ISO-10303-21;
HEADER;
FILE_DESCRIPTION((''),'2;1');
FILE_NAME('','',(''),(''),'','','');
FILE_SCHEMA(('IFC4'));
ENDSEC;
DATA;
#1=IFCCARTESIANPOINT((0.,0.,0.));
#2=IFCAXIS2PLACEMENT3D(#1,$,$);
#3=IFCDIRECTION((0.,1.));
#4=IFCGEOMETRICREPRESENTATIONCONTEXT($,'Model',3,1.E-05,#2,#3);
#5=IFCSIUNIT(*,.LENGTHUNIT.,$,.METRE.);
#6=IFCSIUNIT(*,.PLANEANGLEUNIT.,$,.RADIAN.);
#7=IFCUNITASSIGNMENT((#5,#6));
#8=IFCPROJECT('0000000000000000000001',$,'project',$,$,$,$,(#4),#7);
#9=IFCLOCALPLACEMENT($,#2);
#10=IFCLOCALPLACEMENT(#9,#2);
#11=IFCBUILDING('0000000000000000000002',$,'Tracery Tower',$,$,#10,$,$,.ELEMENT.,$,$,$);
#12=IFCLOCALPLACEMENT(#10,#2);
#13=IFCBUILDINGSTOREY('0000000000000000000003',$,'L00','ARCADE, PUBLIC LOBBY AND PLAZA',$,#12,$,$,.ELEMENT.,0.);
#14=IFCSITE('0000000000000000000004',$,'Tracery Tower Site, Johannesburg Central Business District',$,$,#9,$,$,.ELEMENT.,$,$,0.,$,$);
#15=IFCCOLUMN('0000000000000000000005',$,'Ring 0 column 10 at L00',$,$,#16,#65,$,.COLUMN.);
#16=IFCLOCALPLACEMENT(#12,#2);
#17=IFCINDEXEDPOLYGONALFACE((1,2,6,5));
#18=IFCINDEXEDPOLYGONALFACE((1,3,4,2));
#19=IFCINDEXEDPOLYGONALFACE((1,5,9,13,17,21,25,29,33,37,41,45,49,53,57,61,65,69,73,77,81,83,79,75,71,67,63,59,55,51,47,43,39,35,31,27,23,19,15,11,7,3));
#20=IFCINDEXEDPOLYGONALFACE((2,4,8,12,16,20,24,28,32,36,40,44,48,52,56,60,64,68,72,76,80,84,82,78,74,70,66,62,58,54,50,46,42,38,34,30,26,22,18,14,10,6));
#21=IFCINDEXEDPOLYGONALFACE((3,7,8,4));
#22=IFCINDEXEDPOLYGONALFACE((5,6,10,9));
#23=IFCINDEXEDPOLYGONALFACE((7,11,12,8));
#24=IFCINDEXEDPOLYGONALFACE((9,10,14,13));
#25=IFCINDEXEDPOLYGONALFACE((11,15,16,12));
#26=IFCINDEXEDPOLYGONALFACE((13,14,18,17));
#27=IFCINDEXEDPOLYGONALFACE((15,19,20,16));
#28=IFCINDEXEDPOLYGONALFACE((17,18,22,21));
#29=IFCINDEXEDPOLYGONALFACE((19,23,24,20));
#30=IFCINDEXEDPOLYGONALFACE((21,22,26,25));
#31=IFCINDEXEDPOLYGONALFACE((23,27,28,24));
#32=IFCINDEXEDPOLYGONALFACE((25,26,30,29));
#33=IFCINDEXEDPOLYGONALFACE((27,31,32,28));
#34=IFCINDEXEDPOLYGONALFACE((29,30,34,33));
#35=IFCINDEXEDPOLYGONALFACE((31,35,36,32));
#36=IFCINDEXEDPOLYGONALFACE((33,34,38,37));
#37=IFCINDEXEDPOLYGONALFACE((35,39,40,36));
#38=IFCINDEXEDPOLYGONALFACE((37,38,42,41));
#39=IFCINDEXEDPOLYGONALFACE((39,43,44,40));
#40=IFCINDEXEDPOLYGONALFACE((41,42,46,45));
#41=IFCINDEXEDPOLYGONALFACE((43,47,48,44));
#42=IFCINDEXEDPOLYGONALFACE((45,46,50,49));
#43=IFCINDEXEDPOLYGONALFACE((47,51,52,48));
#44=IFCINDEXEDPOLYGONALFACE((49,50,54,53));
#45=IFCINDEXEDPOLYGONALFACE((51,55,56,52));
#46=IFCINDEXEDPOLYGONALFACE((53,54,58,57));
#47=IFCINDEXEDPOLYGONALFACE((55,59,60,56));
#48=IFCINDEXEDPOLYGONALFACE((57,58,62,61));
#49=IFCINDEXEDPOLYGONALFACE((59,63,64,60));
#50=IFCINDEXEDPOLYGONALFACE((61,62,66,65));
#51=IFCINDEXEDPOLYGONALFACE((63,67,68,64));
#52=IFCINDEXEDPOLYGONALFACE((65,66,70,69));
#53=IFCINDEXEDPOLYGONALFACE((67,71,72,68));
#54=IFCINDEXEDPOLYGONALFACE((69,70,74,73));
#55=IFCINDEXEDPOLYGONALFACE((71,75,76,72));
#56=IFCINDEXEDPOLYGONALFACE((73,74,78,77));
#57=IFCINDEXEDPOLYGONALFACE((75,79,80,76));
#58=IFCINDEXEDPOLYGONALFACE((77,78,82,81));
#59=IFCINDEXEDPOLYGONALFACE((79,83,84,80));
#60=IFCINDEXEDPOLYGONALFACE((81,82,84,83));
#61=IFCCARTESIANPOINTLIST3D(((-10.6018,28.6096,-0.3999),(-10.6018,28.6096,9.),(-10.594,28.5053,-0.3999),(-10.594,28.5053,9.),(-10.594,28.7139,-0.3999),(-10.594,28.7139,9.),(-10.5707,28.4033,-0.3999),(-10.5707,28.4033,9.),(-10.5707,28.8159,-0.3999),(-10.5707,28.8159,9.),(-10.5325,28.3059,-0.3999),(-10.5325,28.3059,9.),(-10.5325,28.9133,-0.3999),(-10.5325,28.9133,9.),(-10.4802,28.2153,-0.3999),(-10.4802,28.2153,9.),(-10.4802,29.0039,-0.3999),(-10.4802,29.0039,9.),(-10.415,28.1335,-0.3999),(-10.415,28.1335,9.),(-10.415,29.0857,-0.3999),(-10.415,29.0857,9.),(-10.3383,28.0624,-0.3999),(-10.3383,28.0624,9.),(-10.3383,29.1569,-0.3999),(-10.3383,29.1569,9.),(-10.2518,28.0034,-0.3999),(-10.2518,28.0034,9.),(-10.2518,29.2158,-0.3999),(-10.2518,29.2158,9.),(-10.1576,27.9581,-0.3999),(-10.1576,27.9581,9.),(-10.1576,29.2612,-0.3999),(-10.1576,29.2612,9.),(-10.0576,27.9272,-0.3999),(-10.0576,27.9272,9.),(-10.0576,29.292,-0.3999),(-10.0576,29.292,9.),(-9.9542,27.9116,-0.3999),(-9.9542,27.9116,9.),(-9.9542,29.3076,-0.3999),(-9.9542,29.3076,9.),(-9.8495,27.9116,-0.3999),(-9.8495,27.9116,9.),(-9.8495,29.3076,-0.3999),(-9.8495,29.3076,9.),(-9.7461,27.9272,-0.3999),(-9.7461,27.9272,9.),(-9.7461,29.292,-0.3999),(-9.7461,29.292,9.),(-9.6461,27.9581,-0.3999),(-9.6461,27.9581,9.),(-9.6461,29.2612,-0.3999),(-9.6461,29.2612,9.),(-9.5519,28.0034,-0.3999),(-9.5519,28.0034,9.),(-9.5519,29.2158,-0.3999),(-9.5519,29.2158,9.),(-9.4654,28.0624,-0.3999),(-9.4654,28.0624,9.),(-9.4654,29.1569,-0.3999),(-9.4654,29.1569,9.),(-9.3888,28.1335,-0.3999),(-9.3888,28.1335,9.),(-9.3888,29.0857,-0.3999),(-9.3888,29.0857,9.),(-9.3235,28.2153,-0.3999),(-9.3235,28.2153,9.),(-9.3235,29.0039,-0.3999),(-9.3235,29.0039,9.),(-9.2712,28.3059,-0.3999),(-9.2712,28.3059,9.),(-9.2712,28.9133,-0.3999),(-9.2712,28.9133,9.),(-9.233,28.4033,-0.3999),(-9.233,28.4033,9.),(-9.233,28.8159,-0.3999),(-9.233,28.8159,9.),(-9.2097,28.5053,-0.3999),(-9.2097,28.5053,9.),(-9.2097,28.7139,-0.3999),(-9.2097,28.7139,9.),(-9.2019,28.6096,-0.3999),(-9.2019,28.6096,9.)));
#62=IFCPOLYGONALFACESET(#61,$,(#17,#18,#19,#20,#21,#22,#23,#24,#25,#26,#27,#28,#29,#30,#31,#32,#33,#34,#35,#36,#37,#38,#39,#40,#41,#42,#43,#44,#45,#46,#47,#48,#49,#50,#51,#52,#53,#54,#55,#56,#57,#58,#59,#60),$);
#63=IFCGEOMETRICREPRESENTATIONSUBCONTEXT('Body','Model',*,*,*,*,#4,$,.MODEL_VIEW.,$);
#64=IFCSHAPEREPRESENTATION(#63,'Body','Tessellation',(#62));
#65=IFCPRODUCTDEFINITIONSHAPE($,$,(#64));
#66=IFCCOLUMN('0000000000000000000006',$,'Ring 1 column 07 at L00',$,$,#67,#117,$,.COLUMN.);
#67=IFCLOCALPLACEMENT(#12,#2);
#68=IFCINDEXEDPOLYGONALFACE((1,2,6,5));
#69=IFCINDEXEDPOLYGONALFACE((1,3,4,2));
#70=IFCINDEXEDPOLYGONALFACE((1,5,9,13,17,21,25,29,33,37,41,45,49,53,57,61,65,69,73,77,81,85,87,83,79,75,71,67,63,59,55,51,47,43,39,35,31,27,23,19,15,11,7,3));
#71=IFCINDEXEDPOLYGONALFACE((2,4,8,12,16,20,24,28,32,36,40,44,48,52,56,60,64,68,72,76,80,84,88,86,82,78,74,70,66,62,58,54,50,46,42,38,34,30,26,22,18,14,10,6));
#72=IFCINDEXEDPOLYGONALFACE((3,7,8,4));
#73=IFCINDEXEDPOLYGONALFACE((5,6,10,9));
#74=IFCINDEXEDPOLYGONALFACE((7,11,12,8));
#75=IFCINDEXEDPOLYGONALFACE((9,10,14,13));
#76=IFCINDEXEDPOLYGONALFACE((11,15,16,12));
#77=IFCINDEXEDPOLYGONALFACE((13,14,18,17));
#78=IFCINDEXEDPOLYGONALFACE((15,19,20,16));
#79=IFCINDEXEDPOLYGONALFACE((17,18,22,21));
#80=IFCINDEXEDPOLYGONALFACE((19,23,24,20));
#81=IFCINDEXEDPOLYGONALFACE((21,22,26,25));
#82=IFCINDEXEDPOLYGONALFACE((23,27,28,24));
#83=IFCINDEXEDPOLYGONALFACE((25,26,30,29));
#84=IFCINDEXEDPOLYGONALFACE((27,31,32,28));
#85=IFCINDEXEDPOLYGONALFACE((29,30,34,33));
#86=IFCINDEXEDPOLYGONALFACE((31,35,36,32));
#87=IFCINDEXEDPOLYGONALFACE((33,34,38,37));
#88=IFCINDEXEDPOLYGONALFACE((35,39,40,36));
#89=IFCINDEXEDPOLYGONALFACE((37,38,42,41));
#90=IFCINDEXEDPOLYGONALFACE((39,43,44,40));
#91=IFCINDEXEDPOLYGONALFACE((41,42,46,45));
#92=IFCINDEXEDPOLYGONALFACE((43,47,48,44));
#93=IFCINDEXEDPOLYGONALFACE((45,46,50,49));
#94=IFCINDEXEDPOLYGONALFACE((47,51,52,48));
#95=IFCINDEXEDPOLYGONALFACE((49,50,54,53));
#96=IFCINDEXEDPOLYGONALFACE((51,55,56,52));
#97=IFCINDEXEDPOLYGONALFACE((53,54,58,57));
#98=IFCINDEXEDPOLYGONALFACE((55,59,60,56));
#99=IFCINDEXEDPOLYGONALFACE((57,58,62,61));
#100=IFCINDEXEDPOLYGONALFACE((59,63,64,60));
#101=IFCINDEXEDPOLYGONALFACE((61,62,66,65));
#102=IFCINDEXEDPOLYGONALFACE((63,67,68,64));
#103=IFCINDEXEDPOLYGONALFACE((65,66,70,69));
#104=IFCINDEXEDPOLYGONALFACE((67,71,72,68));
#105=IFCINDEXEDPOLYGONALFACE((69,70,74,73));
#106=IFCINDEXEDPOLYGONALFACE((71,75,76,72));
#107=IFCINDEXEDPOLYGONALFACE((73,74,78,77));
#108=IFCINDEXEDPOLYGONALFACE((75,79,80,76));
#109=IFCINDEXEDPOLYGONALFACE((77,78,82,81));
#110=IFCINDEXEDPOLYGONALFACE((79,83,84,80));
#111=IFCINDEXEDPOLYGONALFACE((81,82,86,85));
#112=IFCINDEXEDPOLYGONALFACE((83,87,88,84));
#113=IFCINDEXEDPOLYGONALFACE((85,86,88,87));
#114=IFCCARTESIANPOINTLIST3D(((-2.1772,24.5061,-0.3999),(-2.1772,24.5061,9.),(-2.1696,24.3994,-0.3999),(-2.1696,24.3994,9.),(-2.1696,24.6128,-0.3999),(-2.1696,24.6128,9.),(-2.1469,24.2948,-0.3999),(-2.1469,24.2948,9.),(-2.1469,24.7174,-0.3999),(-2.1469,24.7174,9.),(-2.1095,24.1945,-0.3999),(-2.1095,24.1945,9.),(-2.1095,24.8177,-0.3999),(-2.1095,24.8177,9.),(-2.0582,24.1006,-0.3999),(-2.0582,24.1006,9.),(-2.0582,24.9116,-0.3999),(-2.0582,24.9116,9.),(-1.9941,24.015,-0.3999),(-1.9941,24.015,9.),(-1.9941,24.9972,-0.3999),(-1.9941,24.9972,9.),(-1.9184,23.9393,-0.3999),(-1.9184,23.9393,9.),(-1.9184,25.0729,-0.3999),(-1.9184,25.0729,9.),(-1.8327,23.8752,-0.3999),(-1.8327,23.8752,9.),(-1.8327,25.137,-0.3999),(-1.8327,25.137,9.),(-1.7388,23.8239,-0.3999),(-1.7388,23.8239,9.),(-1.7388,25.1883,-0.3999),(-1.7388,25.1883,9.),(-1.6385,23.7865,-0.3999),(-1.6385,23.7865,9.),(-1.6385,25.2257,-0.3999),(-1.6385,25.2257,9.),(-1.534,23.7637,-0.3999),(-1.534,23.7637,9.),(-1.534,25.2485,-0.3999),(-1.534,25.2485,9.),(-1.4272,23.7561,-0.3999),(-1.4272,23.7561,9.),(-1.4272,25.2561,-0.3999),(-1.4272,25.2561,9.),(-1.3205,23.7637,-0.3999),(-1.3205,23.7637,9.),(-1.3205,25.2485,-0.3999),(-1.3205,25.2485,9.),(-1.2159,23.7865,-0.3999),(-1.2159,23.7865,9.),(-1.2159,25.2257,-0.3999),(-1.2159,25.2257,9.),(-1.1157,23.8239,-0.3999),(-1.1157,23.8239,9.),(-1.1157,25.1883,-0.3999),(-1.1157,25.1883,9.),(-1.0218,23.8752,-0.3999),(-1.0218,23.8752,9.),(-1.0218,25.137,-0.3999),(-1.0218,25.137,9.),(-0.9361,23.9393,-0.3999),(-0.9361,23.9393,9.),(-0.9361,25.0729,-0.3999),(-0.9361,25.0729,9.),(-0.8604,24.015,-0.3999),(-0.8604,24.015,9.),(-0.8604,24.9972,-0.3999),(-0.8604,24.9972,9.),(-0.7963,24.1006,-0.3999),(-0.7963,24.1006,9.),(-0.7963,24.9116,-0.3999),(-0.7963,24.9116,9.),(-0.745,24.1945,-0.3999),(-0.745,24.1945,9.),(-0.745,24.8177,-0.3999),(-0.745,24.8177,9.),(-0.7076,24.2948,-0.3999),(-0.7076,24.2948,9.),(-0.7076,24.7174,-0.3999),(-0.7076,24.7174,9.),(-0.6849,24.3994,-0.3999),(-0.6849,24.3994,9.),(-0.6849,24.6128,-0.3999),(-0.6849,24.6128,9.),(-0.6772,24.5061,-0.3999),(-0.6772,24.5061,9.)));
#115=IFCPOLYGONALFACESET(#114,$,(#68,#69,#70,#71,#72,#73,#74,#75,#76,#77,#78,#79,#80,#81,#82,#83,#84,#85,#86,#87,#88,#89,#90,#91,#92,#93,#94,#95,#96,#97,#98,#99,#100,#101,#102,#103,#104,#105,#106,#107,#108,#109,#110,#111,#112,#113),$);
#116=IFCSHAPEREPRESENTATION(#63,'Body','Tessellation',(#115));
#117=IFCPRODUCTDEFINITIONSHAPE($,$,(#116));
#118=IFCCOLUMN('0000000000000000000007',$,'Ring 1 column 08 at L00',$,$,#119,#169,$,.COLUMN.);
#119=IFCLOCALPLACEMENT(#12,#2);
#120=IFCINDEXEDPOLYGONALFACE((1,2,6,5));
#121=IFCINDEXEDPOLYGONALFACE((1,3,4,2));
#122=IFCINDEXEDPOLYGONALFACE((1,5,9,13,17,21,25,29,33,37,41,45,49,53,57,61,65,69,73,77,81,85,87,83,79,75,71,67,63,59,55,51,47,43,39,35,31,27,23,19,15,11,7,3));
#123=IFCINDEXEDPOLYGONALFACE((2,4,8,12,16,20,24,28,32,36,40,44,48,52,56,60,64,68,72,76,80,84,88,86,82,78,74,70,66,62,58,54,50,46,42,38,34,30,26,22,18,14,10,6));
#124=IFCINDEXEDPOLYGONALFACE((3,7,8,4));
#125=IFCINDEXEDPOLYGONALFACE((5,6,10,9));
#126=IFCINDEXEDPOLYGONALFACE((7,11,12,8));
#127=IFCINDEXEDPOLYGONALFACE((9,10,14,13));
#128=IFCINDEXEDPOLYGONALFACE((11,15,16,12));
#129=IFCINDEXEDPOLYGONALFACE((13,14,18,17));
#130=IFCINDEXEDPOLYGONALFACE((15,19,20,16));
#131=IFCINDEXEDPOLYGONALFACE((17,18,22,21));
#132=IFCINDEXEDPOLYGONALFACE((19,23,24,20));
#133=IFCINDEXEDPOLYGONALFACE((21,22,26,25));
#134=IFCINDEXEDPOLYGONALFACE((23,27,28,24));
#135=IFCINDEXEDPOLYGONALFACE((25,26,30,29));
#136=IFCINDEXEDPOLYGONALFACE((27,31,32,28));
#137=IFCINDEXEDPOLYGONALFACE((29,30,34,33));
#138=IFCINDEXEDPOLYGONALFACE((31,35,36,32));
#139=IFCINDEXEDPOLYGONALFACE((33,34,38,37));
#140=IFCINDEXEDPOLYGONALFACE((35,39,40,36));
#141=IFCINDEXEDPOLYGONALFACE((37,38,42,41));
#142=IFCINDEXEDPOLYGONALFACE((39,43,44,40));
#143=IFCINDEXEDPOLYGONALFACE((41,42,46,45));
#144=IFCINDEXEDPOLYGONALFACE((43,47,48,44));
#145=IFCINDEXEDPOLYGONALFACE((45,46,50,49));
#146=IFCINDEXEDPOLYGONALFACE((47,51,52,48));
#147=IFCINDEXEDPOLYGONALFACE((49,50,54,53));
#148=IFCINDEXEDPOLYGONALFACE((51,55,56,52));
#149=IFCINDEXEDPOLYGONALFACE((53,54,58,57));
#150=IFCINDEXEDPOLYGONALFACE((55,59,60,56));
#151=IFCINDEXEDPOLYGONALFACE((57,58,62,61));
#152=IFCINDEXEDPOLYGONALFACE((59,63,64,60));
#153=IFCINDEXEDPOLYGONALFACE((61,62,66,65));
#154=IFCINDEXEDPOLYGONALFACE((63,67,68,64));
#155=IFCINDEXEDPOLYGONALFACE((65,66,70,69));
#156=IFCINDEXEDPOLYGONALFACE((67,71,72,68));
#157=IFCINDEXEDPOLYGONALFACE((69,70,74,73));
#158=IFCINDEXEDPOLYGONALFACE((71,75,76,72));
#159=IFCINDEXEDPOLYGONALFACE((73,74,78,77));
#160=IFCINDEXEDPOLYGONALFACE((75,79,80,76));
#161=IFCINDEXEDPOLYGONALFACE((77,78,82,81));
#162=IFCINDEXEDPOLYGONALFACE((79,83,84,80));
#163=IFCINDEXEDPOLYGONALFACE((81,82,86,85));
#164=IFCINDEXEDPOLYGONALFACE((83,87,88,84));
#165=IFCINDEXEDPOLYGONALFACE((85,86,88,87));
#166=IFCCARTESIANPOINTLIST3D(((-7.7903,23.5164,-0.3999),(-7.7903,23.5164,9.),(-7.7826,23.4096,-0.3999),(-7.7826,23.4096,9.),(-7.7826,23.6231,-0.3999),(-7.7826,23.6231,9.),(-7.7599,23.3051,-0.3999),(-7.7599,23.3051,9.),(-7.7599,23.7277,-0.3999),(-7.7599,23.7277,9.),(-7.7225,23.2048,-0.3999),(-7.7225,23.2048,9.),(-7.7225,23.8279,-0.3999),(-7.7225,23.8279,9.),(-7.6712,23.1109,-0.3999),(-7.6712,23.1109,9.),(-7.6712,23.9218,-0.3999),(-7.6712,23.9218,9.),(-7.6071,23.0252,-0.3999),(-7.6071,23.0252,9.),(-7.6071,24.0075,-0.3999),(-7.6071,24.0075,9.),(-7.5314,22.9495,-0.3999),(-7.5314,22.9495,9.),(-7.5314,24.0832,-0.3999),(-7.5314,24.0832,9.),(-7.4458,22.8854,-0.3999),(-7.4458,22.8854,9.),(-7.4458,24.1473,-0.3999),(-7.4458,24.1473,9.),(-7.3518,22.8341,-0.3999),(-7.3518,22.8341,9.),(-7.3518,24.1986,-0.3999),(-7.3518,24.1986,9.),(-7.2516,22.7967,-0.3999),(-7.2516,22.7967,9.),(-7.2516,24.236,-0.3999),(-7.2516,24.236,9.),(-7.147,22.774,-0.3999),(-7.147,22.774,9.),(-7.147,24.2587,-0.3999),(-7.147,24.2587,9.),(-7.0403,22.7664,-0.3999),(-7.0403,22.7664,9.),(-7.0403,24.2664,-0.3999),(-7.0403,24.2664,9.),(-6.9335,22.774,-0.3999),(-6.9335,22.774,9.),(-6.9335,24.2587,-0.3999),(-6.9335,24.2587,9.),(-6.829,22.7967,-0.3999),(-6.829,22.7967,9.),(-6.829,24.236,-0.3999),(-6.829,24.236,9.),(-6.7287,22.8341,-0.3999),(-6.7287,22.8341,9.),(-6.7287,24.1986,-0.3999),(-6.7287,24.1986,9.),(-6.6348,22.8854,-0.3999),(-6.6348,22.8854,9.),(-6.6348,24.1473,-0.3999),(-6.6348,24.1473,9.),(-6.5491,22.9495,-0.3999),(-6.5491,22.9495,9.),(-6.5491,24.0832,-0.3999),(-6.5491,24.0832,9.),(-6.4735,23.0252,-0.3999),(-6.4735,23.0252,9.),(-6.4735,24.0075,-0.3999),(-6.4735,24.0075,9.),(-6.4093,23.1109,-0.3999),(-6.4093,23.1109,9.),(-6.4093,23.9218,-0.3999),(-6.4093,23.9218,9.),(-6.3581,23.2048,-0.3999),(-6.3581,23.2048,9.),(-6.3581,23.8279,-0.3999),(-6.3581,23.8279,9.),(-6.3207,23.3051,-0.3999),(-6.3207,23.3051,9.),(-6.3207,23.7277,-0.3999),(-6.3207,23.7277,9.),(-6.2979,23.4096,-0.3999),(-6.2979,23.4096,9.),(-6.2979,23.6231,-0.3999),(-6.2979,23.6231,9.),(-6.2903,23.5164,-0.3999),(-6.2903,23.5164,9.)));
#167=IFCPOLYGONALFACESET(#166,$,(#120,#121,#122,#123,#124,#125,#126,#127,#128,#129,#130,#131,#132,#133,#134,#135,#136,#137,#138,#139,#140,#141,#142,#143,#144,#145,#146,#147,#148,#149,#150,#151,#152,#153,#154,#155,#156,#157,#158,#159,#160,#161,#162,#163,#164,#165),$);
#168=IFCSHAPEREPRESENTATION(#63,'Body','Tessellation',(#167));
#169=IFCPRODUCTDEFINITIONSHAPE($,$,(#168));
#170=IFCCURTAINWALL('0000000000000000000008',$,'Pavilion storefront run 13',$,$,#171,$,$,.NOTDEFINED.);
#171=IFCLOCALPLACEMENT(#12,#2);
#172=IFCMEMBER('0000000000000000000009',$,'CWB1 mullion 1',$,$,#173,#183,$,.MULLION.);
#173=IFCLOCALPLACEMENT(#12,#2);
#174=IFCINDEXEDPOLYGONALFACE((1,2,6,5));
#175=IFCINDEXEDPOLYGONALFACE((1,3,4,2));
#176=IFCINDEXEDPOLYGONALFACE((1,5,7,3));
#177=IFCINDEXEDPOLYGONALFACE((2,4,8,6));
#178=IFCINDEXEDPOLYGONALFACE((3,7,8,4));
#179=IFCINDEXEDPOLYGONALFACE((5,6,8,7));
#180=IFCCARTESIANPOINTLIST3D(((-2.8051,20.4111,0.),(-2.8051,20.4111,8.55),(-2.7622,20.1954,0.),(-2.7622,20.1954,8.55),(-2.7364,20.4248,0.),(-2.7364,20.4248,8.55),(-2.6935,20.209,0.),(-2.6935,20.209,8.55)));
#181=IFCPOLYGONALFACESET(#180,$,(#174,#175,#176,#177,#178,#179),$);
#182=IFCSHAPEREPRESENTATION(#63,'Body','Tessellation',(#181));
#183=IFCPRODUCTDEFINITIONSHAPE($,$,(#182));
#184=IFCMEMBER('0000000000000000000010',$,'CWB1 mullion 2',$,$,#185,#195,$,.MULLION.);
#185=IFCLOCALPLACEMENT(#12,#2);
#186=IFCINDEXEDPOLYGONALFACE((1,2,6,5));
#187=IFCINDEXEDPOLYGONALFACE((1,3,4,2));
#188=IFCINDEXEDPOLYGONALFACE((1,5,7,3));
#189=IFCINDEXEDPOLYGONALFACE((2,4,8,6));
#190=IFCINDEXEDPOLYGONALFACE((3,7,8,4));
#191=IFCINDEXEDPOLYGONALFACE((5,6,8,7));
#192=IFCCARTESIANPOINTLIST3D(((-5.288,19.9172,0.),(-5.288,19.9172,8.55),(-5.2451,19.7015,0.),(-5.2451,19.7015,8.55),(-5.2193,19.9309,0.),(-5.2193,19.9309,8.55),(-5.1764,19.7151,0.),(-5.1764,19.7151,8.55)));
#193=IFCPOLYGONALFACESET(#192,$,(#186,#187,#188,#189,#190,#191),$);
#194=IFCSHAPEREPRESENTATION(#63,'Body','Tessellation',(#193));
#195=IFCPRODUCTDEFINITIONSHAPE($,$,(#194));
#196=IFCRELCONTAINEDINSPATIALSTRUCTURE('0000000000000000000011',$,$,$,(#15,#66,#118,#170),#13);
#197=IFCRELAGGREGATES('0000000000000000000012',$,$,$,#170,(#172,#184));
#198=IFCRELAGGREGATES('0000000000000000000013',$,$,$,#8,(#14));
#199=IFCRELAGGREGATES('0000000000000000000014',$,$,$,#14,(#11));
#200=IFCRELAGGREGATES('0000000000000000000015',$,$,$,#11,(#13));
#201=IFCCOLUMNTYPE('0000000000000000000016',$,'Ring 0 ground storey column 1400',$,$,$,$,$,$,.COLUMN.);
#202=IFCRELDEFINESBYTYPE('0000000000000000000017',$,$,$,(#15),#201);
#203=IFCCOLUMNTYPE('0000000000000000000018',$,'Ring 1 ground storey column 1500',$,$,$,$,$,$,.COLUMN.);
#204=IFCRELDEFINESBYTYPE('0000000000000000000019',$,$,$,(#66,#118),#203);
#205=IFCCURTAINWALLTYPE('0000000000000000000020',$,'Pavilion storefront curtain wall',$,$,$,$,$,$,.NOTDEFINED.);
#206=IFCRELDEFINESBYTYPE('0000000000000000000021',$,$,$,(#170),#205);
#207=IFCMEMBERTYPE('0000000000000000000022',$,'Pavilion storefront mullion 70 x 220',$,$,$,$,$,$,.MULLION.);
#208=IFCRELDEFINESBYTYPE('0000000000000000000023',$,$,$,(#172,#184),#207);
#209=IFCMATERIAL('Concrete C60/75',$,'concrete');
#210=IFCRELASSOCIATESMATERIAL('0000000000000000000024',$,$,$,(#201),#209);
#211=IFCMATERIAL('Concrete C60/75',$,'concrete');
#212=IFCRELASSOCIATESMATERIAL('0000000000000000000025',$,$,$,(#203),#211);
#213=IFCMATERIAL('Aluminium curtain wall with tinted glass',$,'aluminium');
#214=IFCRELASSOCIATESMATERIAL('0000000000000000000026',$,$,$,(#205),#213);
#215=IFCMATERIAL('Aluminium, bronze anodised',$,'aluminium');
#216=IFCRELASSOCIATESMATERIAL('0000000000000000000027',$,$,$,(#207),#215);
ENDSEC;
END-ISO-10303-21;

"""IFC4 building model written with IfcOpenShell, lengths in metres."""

from ifc_helpers import new_model, si_unit, direction, frame, origin, origin_2d, place, context, subcontext, project, spatial, rectangle, circle, extrude, material, material_profile, profile_set, type_object, element, aggregate, save


model = new_model("IFC4")

# Units and contexts
model_context = context("Model", 3, precision=1e-05, world=origin(), true_north=direction((0.0, 1.0)))
body_context = subcontext(model_context, "Body", "Model", "MODEL_VIEW")
ifc_project = project(units=[si_unit("LENGTHUNIT", "METRE"), si_unit("PLANEANGLEUNIT", "RADIAN")], contexts=[model_context])

# Site, building, storey
site_placement = place(None, origin())
site = spatial("IfcSite", under=ifc_project, at=site_placement, Name="Tracery Tower Site, Johannesburg Central Business District", CompositionType="ELEMENT", RefElevation=0.0)
building_placement = place(site_placement, origin())
building = spatial("IfcBuilding", under=site, at=building_placement, Name="Tracery Tower", CompositionType="ELEMENT")
storey_placement = place(building_placement, origin())
storey = spatial("IfcBuildingStorey", under=building, at=storey_placement, Name="L00", Description="ARCADE, PUBLIC LOBBY AND PLAZA", CompositionType="ELEMENT", Elevation=0.0)

# Columns
ifc_material_1 = material(Name="Concrete C60/75", Category="concrete")
ifc_material_profile_1 = material_profile(ifc_material_1, circle(Radius=0.7, at=origin_2d()), Name="RC D1400")
ifc_profile_set_1 = profile_set([ifc_material_profile_1], Name="Concrete C60/75")
column_type_1 = type_object("IfcColumnType", Name="Ring 0 ground storey column 1400", PredefinedType="COLUMN", material=ifc_profile_set_1)
for number, where, z_axis, x_axis, name in (
    (1, (-9.9019, 28.6096, -0.3999), (0.0, 0.0, 1.0), (1.0, 0.0, 0.0), "Ring 0 column 10 at L00"),
):
    element("IfcColumn", number, at=place(storey_placement, frame(where, z_axis=z_axis, x_axis=x_axis)), inside=storey, type_object=column_type_1, Name=name, PredefinedType="COLUMN", context=body_context, shape_type="SweptSolid", body=[
        extrude(circle(Radius=0.7, at=origin_2d()), origin(), (0.0, 0.0, 1.0), 9.3999),
    ])
ifc_material_2 = material(Name="Concrete C60/75", Category="concrete")
ifc_material_profile_2 = material_profile(ifc_material_2, circle(Radius=0.75, at=origin_2d()), Name="RC D1500")
ifc_profile_set_2 = profile_set([ifc_material_profile_2], Name="Concrete C60/75")
column_type_2 = type_object("IfcColumnType", Name="Ring 1 ground storey column 1500", PredefinedType="COLUMN", material=ifc_profile_set_2)
for number, where, z_axis, x_axis, name in (
    (2, (-1.4272, 24.5061, -0.3999), (0.0, 0.0, 1.0), (1.0, 0.0, 0.0), "Ring 1 column 07 at L00"),
    (3, (-7.0403, 23.5164, -0.3999), (0.0, 0.0, 1.0), (1.0, 0.0, 0.0), "Ring 1 column 08 at L00"),
):
    element("IfcColumn", number, at=place(storey_placement, frame(where, z_axis=z_axis, x_axis=x_axis)), inside=storey, type_object=column_type_2, Name=name, PredefinedType="COLUMN", context=body_context, shape_type="SweptSolid", body=[
        extrude(circle(Radius=0.75, at=origin_2d()), origin(), (0.0, 0.0, 1.0), 9.3999),
    ])

# Curtain wall, members
ifc_material_3 = material(Name="Aluminium curtain wall with tinted glass", Category="aluminium")
curtain_wall_type = type_object("IfcCurtainWallType", Name="Pavilion storefront curtain wall", PredefinedType="NOTDEFINED", material=ifc_material_3)
curtain_wall_1_placement = place(storey_placement, origin())
curtain_wall_1 = element("IfcCurtainWall", 4, at=curtain_wall_1_placement, inside=storey, type_object=curtain_wall_type, Name="Pavilion storefront run 13", PredefinedType="NOTDEFINED")
ifc_material_4 = material(Name="Aluminium, bronze anodised", Category="aluminium")
ifc_material_profile_3 = material_profile(ifc_material_4, rectangle(XDim=0.22, YDim=0.0701, at=origin_2d()), Name="Pavilion storefront mullion 70 x 220")
ifc_profile_set_3 = profile_set([ifc_material_profile_3], Name="Aluminium, bronze anodised")
member_type_1 = type_object("IfcMemberType", Name="Pavilion storefront mullion 70 x 220", PredefinedType="MULLION", material=ifc_profile_set_3)
member_1_placement = place(storey_placement, frame((-2.7493, 20.3101, 0.0), z_axis=(0.0, 0.0, 1.0), x_axis=(0.195074, -0.980789, 0.0)))
member_1 = element("IfcMember", 5, at=member_1_placement, type_object=member_type_1, Name="CWB1 mullion 1", PredefinedType="MULLION", context=body_context, shape_type="SweptSolid", body=[
    extrude(rectangle(XDim=0.22, YDim=0.0701, at=origin_2d()), origin(), (0.0, 0.0, 1.0), 8.55),
])
member_2_placement = place(storey_placement, frame((-5.2322, 19.8162, 0.0), z_axis=(0.0, 0.0, 1.0), x_axis=(0.195074, -0.980789, 0.0)))
member_2 = element("IfcMember", 6, at=member_2_placement, type_object=member_type_1, Name="CWB1 mullion 2", PredefinedType="MULLION", context=body_context, shape_type="SweptSolid", body=[
    extrude(rectangle(XDim=0.22, YDim=0.0701, at=origin_2d()), origin(), (0.0, 0.0, 1.0), 8.55),
])

aggregate(curtain_wall_1, [member_1, member_2])

save(model, "model.ifc")
